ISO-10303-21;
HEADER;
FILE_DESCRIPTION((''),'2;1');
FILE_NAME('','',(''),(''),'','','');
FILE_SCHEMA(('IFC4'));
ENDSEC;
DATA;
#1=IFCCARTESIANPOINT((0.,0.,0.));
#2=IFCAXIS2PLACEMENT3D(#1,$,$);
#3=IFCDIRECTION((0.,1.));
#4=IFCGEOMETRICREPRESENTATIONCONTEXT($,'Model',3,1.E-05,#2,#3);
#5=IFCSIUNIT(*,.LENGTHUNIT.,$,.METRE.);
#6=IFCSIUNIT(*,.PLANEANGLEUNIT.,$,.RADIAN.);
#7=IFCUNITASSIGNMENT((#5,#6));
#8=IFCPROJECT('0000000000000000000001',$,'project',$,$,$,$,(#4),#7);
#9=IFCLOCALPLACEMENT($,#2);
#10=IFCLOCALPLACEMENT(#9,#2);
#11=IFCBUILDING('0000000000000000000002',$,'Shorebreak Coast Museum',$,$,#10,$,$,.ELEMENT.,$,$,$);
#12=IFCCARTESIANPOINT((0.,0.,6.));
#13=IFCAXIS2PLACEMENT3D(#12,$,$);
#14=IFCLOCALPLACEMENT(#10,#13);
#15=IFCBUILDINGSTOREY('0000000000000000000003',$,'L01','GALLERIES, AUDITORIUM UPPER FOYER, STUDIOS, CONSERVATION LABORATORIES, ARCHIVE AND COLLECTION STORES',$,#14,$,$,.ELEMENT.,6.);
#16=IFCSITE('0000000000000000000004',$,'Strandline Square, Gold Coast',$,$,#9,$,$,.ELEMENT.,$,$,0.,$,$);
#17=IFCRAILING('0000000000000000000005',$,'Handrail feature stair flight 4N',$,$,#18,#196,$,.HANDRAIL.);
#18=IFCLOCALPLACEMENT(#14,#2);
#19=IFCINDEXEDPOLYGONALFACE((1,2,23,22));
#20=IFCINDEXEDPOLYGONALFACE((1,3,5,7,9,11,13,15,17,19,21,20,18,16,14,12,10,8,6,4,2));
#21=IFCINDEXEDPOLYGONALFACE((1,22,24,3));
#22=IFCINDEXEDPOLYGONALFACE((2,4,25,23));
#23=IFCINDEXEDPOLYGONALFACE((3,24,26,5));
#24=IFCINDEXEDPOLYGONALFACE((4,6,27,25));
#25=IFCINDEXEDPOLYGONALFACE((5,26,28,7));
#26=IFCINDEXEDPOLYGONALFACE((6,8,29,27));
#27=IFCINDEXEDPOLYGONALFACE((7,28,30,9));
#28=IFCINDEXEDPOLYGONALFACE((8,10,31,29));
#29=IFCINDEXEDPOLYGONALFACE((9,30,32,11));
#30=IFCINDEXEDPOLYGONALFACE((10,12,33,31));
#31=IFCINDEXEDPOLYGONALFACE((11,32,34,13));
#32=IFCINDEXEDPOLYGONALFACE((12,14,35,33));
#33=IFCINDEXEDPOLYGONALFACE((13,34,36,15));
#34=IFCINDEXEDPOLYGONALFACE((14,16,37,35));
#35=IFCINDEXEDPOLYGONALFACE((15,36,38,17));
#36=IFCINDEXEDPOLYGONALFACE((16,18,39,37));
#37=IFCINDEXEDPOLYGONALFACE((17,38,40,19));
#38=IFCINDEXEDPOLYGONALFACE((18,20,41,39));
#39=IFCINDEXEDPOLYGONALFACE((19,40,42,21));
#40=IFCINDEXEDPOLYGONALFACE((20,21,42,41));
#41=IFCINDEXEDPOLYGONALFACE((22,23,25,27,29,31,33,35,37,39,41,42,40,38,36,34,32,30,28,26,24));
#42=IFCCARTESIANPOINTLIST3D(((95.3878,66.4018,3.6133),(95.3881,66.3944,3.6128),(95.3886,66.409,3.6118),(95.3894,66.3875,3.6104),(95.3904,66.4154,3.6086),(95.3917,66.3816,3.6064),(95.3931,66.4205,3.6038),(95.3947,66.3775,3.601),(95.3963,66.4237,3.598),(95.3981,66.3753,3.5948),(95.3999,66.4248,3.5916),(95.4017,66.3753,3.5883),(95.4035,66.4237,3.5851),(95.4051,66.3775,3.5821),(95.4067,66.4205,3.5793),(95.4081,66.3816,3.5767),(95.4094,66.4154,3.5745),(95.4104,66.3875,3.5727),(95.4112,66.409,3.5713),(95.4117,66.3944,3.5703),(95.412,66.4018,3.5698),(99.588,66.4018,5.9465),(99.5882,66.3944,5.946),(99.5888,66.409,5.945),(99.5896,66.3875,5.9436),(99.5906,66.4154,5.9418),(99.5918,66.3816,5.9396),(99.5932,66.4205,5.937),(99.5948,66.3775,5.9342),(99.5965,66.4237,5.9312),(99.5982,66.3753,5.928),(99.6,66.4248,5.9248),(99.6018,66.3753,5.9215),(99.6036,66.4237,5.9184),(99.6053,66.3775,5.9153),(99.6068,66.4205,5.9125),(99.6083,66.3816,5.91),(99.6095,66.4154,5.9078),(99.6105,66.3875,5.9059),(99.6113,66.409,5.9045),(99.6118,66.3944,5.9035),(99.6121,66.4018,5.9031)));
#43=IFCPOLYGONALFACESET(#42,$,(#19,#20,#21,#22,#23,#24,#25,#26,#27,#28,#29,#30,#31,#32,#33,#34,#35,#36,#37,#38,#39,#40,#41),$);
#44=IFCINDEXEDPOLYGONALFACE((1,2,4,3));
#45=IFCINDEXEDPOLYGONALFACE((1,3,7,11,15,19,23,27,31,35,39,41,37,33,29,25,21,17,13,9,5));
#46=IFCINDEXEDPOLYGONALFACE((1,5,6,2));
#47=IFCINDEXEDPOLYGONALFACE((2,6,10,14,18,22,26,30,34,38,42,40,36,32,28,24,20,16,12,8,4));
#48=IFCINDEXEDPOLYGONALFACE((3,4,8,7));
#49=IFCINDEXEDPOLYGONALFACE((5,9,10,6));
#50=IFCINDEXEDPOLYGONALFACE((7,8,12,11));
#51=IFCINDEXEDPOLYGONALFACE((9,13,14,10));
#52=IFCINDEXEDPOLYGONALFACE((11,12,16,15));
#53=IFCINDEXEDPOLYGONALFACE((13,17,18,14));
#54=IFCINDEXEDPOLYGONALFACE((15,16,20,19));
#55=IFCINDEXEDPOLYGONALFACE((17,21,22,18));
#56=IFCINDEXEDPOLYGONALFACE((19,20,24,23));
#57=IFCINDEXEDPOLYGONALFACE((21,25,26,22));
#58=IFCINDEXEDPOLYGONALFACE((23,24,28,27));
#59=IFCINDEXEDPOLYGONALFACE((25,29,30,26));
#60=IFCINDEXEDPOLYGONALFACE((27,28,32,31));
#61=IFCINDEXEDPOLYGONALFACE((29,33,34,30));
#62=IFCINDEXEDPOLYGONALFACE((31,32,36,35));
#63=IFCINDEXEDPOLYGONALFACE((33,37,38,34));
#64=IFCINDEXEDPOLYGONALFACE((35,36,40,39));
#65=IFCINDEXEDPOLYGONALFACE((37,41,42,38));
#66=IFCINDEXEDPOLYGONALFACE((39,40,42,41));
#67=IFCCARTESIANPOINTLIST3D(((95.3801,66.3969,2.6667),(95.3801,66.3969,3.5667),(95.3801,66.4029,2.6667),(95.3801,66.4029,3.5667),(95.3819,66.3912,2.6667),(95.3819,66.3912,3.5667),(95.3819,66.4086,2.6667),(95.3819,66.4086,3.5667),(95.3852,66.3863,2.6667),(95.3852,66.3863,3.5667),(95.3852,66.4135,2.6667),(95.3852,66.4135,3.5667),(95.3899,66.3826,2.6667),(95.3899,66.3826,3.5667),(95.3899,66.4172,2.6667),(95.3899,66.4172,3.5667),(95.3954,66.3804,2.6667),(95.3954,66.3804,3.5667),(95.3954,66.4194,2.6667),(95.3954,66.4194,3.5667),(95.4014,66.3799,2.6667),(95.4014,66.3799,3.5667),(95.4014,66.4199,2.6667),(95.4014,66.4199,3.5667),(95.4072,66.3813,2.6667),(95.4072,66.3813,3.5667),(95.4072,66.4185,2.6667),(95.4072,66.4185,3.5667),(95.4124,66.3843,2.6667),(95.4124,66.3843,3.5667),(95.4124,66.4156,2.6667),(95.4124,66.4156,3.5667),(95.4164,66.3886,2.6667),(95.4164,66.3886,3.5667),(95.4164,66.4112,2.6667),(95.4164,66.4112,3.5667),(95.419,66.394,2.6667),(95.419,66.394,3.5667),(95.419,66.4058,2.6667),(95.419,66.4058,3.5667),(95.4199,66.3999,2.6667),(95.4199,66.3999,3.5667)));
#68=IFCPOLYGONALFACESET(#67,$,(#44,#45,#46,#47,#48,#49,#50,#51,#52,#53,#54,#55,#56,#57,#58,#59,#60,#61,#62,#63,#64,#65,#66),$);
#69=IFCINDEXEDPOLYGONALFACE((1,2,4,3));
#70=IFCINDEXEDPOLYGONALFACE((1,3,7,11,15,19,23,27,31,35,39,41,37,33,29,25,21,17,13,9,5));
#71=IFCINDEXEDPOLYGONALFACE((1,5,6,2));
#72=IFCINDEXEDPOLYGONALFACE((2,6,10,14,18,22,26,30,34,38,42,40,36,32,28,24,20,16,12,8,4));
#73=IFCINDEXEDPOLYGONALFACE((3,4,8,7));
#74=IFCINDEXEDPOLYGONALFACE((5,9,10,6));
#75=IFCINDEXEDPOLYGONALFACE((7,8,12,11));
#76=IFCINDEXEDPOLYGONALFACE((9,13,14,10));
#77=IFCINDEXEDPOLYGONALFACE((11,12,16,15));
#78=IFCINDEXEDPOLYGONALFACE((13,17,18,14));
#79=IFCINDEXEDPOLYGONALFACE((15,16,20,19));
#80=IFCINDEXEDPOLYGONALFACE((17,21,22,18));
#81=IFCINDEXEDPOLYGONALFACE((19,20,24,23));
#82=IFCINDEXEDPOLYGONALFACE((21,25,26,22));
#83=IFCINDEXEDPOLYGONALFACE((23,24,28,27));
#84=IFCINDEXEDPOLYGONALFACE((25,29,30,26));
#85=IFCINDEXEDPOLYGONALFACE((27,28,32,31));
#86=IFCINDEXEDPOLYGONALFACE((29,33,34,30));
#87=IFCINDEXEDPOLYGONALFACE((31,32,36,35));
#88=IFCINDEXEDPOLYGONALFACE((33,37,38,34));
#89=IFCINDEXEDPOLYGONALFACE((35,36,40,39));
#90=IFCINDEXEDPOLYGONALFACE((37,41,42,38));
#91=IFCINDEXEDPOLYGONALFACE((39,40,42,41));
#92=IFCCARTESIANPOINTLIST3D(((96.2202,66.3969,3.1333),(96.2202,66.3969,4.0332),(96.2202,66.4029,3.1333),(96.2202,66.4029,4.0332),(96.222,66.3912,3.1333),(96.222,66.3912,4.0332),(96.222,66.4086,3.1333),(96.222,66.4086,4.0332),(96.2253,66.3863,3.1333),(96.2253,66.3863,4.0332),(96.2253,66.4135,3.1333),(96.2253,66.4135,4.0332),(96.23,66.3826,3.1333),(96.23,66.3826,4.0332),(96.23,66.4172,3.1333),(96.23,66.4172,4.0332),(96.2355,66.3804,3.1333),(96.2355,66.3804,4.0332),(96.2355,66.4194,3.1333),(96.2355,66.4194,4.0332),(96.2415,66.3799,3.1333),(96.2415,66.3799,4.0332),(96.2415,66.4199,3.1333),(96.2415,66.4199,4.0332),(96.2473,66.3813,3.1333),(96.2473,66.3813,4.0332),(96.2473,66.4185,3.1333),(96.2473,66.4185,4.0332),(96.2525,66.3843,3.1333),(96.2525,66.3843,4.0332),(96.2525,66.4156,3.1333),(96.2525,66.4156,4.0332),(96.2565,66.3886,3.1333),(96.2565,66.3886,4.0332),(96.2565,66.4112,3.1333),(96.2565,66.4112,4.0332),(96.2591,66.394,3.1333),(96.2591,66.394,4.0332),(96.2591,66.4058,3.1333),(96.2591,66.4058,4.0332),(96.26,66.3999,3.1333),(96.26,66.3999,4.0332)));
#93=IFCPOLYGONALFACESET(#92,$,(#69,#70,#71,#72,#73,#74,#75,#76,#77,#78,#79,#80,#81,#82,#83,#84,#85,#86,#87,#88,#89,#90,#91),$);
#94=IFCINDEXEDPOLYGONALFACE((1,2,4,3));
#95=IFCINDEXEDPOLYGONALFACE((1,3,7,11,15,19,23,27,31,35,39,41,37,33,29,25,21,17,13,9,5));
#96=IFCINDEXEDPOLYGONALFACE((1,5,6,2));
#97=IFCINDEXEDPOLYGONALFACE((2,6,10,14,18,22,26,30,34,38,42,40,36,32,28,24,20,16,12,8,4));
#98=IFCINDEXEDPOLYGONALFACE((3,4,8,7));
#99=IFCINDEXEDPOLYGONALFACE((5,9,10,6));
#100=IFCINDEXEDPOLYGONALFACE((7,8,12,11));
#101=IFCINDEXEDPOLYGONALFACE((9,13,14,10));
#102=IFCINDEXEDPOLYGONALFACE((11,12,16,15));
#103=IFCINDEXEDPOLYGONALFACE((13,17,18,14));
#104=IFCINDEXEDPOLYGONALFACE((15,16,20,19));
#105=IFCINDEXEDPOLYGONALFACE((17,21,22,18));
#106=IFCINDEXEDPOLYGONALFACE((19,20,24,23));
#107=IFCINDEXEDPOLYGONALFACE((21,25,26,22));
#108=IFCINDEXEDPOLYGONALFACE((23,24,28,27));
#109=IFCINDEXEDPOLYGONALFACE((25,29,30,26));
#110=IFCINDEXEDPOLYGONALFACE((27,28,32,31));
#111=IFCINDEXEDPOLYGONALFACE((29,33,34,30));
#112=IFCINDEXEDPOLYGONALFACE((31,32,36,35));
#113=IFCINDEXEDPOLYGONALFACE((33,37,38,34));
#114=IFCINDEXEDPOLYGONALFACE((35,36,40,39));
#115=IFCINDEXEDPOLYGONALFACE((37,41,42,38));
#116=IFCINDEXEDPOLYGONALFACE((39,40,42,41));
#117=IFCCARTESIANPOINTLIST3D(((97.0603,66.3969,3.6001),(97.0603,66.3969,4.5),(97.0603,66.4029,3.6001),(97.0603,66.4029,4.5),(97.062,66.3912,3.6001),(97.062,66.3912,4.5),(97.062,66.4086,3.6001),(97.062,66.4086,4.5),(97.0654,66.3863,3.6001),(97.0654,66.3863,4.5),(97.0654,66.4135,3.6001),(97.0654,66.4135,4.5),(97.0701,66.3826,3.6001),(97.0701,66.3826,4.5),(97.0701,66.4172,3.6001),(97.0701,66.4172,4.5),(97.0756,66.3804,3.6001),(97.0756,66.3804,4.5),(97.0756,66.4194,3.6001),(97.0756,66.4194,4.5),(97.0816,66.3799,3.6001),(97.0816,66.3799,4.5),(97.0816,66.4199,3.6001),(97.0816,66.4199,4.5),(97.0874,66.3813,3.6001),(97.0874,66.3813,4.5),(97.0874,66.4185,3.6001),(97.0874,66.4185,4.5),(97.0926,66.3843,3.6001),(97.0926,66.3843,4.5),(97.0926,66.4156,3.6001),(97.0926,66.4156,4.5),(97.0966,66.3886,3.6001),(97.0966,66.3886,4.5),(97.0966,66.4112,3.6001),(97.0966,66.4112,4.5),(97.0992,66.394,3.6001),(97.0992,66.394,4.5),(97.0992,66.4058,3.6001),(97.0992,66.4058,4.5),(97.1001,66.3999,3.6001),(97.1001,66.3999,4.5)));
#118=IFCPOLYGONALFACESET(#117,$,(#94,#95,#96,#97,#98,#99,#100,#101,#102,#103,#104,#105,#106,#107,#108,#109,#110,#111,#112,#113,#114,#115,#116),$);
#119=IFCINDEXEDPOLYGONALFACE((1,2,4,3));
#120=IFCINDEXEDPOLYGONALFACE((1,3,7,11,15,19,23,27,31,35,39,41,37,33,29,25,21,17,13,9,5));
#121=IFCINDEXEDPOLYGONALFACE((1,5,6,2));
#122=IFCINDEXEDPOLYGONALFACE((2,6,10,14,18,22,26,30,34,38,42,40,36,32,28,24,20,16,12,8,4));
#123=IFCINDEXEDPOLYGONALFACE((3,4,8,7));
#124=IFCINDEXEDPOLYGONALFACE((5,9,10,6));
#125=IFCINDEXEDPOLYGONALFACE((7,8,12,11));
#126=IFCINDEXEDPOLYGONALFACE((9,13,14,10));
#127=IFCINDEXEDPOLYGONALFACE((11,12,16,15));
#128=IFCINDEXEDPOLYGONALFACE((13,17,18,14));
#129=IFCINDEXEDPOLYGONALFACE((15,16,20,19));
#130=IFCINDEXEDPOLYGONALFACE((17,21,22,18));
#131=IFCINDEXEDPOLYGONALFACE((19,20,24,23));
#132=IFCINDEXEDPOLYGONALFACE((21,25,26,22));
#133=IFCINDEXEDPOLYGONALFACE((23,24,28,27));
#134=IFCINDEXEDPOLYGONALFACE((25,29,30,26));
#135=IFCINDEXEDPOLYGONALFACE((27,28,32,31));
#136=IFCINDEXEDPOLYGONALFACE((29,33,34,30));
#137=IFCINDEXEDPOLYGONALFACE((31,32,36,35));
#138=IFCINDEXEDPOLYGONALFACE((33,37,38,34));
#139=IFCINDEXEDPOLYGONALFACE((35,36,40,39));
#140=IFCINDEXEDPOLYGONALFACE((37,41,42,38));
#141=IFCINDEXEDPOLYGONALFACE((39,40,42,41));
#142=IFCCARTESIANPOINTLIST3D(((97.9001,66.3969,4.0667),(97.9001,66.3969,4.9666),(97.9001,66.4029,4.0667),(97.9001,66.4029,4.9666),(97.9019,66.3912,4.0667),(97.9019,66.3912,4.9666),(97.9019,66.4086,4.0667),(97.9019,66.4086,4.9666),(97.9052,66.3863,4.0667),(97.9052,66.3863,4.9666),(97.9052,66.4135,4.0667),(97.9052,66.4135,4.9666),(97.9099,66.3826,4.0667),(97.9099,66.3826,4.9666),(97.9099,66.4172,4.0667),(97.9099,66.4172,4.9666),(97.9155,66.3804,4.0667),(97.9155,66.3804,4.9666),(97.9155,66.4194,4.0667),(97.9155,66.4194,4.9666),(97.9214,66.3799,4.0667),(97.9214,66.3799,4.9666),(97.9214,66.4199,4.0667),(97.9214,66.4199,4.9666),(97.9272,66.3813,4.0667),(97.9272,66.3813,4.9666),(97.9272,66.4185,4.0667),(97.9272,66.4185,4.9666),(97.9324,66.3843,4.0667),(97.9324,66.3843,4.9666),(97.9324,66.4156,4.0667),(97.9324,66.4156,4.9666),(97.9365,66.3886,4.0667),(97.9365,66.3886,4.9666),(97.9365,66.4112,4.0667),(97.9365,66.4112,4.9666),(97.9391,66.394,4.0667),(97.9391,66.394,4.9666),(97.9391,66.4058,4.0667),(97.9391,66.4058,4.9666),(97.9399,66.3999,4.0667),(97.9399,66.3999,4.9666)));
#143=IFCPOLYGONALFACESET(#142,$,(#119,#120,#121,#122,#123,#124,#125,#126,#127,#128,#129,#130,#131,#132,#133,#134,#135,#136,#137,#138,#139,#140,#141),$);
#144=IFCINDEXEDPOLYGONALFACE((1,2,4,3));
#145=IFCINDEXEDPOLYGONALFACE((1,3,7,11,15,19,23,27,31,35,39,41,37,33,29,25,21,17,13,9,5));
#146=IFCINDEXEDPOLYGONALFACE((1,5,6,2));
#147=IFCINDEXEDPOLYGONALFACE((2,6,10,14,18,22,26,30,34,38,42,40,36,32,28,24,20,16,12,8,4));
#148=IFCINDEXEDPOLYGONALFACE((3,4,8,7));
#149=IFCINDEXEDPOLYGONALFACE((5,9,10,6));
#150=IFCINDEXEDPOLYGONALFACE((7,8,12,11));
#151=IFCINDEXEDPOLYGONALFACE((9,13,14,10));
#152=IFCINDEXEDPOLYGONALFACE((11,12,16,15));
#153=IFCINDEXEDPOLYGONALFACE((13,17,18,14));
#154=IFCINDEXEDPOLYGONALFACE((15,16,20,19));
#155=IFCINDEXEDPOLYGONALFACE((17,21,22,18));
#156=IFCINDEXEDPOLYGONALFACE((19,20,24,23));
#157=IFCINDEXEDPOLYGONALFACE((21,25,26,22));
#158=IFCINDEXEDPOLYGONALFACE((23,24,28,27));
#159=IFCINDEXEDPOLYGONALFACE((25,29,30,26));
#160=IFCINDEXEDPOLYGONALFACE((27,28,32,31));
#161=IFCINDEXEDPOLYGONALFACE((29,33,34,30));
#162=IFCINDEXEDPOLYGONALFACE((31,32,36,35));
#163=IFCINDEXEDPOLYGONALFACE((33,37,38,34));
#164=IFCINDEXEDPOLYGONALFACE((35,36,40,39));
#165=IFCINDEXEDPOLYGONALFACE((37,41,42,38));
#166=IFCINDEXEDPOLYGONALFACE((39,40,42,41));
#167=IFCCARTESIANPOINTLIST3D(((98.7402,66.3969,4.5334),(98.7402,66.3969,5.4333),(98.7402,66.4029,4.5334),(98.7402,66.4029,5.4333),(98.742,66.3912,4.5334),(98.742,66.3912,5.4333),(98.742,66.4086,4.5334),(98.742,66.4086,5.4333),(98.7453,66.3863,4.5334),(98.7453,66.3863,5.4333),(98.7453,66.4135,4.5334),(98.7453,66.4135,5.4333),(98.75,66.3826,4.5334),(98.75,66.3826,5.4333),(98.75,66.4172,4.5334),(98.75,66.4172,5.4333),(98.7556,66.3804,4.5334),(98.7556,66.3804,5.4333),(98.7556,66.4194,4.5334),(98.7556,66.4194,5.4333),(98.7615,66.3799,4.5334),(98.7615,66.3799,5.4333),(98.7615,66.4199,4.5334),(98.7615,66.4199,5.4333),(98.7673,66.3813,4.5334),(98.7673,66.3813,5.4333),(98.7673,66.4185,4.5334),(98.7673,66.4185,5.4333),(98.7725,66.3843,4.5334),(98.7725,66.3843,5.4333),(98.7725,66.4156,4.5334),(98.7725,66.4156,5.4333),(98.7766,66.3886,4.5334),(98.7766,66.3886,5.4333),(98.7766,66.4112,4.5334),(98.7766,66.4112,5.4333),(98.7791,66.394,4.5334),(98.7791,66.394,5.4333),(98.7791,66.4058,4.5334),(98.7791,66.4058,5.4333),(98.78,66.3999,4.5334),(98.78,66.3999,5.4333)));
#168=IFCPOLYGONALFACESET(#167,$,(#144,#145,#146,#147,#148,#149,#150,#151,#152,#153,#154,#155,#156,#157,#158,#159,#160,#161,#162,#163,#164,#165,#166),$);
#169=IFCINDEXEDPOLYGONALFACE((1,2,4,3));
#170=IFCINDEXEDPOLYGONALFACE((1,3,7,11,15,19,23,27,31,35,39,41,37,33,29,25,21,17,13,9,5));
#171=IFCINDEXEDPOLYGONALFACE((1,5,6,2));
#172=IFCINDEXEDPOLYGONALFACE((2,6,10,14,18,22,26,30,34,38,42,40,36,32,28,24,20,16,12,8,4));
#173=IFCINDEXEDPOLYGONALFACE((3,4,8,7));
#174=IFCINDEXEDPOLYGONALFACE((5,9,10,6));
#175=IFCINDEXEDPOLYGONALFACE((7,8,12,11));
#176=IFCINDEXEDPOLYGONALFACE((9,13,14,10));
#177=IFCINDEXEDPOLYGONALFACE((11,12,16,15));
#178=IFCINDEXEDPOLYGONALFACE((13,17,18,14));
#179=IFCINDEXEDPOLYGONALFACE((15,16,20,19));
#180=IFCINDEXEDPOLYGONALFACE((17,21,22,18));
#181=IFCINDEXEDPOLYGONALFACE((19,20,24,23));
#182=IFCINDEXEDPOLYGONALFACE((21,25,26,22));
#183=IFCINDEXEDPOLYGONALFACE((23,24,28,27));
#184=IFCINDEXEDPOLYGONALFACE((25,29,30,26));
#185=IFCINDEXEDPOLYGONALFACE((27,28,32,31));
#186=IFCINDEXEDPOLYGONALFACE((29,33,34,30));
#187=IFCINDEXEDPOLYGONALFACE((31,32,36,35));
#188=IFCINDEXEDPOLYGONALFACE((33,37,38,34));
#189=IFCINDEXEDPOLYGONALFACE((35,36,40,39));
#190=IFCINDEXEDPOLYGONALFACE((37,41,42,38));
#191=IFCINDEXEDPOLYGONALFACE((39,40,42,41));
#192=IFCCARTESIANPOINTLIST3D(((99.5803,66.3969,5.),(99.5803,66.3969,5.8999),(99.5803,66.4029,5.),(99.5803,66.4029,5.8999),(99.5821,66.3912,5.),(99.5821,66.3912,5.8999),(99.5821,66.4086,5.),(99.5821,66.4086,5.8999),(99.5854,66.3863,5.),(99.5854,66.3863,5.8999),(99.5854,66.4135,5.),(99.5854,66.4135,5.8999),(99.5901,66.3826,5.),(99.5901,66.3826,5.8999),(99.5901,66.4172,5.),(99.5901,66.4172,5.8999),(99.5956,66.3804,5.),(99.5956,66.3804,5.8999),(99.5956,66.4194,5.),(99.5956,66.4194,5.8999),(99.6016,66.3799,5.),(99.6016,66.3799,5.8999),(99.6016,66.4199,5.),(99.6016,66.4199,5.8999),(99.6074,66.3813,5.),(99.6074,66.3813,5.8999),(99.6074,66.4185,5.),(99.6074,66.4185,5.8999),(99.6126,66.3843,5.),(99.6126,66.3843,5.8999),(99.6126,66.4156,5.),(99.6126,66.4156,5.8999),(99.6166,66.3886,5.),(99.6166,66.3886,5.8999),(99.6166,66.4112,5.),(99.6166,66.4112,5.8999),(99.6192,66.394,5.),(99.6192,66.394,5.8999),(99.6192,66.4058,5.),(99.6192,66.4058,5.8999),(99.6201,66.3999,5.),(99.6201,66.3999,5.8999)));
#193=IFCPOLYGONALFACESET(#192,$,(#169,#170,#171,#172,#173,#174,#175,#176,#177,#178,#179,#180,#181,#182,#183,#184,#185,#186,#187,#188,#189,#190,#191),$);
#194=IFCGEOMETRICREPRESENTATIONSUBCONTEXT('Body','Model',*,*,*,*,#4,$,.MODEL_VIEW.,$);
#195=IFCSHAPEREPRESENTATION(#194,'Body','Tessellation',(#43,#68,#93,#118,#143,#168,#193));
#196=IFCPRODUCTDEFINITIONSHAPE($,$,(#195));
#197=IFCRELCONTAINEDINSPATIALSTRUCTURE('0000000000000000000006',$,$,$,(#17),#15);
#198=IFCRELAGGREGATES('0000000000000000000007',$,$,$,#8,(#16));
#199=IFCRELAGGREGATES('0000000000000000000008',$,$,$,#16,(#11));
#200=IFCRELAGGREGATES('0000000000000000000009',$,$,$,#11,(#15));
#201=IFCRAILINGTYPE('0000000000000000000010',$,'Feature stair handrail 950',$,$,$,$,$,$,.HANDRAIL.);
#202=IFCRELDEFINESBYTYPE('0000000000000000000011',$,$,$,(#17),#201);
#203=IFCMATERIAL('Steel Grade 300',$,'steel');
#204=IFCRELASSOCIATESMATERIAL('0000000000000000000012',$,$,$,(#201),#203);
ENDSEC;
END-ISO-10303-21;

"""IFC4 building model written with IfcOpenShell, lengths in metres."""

from ifc_helpers import new_model, si_unit, direction, frame, origin, origin_2d, place, context, subcontext, project, spatial, circle, extrude, material, type_object, element, save


model = new_model("IFC4")

# Units and contexts
model_context = context("Model", 3, precision=1e-05, world=origin(), true_north=direction((0.0, 1.0)))
body_context = subcontext(model_context, "Body", "Model", "MODEL_VIEW")
ifc_project = project(units=[si_unit("LENGTHUNIT", "METRE"), si_unit("PLANEANGLEUNIT", "RADIAN")], contexts=[model_context])

# Site, building, storey
site_placement = place(None, origin())
site = spatial("IfcSite", under=ifc_project, at=site_placement, Name="Strandline Square, Gold Coast", CompositionType="ELEMENT", RefElevation=0.0)
building_placement = place(site_placement, origin())
building = spatial("IfcBuilding", under=site, at=building_placement, Name="Shorebreak Coast Museum", CompositionType="ELEMENT")
storey_placement = place(building_placement, frame((0.0, 0.0, 6.0)))
storey = spatial("IfcBuildingStorey", under=building, at=storey_placement, Name="L01", Description="GALLERIES, AUDITORIUM UPPER FOYER, STUDIOS, CONSERVATION LABORATORIES, ARCHIVE AND COLLECTION STORES", CompositionType="ELEMENT", Elevation=6.0)

# Railing
ifc_material_1 = material(Name="Steel Grade 300", Category="steel")
railing_type_1 = type_object("IfcRailingType", Name="Feature stair handrail 950", PredefinedType="HANDRAIL", material=ifc_material_1)
for number, where, name in (
    (1, (95.3999, 66.3999, 2.6667), "Handrail feature stair flight 4N"),
):
    element("IfcRailing", number, at=place(storey_placement, frame(where)), inside=storey, type_object=railing_type_1, Name=name, PredefinedType="HANDRAIL", context=body_context, shape_type="SweptSolid", body=[
        extrude(circle(Radius=0.0249, at=origin_2d()), frame((0.0, 0.0, 0.9248), z_axis=(0.874174, 0.0, 0.485613), x_axis=(0.0, 1.0, 0.0)), (0.0, 0.0, 1.0), 4.8047),
        extrude(circle(Radius=0.02, at=origin_2d()), origin(), (0.0, 0.0, 1.0), 0.8999),
        extrude(circle(Radius=0.02, at=origin_2d()), frame((0.8401, 0.0, 0.4666)), (0.0, 0.0, 1.0), 0.8999),
        extrude(circle(Radius=0.02, at=origin_2d()), frame((1.6802, 0.0, 0.9333)), (0.0, 0.0, 1.0), 0.8999),
        extrude(circle(Radius=0.02, at=origin_2d()), frame((2.52, 0.0, 1.3999)), (0.0, 0.0, 1.0), 0.8999),
        extrude(circle(Radius=0.02, at=origin_2d()), frame((3.3601, 0.0, 1.8667)), (0.0, 0.0, 1.0), 0.8999),
        extrude(circle(Radius=0.02, at=origin_2d()), frame((4.2002, 0.0, 2.3333)), (0.0, 0.0, 1.0), 0.8999),
    ])

save(model, "model.ifc")
